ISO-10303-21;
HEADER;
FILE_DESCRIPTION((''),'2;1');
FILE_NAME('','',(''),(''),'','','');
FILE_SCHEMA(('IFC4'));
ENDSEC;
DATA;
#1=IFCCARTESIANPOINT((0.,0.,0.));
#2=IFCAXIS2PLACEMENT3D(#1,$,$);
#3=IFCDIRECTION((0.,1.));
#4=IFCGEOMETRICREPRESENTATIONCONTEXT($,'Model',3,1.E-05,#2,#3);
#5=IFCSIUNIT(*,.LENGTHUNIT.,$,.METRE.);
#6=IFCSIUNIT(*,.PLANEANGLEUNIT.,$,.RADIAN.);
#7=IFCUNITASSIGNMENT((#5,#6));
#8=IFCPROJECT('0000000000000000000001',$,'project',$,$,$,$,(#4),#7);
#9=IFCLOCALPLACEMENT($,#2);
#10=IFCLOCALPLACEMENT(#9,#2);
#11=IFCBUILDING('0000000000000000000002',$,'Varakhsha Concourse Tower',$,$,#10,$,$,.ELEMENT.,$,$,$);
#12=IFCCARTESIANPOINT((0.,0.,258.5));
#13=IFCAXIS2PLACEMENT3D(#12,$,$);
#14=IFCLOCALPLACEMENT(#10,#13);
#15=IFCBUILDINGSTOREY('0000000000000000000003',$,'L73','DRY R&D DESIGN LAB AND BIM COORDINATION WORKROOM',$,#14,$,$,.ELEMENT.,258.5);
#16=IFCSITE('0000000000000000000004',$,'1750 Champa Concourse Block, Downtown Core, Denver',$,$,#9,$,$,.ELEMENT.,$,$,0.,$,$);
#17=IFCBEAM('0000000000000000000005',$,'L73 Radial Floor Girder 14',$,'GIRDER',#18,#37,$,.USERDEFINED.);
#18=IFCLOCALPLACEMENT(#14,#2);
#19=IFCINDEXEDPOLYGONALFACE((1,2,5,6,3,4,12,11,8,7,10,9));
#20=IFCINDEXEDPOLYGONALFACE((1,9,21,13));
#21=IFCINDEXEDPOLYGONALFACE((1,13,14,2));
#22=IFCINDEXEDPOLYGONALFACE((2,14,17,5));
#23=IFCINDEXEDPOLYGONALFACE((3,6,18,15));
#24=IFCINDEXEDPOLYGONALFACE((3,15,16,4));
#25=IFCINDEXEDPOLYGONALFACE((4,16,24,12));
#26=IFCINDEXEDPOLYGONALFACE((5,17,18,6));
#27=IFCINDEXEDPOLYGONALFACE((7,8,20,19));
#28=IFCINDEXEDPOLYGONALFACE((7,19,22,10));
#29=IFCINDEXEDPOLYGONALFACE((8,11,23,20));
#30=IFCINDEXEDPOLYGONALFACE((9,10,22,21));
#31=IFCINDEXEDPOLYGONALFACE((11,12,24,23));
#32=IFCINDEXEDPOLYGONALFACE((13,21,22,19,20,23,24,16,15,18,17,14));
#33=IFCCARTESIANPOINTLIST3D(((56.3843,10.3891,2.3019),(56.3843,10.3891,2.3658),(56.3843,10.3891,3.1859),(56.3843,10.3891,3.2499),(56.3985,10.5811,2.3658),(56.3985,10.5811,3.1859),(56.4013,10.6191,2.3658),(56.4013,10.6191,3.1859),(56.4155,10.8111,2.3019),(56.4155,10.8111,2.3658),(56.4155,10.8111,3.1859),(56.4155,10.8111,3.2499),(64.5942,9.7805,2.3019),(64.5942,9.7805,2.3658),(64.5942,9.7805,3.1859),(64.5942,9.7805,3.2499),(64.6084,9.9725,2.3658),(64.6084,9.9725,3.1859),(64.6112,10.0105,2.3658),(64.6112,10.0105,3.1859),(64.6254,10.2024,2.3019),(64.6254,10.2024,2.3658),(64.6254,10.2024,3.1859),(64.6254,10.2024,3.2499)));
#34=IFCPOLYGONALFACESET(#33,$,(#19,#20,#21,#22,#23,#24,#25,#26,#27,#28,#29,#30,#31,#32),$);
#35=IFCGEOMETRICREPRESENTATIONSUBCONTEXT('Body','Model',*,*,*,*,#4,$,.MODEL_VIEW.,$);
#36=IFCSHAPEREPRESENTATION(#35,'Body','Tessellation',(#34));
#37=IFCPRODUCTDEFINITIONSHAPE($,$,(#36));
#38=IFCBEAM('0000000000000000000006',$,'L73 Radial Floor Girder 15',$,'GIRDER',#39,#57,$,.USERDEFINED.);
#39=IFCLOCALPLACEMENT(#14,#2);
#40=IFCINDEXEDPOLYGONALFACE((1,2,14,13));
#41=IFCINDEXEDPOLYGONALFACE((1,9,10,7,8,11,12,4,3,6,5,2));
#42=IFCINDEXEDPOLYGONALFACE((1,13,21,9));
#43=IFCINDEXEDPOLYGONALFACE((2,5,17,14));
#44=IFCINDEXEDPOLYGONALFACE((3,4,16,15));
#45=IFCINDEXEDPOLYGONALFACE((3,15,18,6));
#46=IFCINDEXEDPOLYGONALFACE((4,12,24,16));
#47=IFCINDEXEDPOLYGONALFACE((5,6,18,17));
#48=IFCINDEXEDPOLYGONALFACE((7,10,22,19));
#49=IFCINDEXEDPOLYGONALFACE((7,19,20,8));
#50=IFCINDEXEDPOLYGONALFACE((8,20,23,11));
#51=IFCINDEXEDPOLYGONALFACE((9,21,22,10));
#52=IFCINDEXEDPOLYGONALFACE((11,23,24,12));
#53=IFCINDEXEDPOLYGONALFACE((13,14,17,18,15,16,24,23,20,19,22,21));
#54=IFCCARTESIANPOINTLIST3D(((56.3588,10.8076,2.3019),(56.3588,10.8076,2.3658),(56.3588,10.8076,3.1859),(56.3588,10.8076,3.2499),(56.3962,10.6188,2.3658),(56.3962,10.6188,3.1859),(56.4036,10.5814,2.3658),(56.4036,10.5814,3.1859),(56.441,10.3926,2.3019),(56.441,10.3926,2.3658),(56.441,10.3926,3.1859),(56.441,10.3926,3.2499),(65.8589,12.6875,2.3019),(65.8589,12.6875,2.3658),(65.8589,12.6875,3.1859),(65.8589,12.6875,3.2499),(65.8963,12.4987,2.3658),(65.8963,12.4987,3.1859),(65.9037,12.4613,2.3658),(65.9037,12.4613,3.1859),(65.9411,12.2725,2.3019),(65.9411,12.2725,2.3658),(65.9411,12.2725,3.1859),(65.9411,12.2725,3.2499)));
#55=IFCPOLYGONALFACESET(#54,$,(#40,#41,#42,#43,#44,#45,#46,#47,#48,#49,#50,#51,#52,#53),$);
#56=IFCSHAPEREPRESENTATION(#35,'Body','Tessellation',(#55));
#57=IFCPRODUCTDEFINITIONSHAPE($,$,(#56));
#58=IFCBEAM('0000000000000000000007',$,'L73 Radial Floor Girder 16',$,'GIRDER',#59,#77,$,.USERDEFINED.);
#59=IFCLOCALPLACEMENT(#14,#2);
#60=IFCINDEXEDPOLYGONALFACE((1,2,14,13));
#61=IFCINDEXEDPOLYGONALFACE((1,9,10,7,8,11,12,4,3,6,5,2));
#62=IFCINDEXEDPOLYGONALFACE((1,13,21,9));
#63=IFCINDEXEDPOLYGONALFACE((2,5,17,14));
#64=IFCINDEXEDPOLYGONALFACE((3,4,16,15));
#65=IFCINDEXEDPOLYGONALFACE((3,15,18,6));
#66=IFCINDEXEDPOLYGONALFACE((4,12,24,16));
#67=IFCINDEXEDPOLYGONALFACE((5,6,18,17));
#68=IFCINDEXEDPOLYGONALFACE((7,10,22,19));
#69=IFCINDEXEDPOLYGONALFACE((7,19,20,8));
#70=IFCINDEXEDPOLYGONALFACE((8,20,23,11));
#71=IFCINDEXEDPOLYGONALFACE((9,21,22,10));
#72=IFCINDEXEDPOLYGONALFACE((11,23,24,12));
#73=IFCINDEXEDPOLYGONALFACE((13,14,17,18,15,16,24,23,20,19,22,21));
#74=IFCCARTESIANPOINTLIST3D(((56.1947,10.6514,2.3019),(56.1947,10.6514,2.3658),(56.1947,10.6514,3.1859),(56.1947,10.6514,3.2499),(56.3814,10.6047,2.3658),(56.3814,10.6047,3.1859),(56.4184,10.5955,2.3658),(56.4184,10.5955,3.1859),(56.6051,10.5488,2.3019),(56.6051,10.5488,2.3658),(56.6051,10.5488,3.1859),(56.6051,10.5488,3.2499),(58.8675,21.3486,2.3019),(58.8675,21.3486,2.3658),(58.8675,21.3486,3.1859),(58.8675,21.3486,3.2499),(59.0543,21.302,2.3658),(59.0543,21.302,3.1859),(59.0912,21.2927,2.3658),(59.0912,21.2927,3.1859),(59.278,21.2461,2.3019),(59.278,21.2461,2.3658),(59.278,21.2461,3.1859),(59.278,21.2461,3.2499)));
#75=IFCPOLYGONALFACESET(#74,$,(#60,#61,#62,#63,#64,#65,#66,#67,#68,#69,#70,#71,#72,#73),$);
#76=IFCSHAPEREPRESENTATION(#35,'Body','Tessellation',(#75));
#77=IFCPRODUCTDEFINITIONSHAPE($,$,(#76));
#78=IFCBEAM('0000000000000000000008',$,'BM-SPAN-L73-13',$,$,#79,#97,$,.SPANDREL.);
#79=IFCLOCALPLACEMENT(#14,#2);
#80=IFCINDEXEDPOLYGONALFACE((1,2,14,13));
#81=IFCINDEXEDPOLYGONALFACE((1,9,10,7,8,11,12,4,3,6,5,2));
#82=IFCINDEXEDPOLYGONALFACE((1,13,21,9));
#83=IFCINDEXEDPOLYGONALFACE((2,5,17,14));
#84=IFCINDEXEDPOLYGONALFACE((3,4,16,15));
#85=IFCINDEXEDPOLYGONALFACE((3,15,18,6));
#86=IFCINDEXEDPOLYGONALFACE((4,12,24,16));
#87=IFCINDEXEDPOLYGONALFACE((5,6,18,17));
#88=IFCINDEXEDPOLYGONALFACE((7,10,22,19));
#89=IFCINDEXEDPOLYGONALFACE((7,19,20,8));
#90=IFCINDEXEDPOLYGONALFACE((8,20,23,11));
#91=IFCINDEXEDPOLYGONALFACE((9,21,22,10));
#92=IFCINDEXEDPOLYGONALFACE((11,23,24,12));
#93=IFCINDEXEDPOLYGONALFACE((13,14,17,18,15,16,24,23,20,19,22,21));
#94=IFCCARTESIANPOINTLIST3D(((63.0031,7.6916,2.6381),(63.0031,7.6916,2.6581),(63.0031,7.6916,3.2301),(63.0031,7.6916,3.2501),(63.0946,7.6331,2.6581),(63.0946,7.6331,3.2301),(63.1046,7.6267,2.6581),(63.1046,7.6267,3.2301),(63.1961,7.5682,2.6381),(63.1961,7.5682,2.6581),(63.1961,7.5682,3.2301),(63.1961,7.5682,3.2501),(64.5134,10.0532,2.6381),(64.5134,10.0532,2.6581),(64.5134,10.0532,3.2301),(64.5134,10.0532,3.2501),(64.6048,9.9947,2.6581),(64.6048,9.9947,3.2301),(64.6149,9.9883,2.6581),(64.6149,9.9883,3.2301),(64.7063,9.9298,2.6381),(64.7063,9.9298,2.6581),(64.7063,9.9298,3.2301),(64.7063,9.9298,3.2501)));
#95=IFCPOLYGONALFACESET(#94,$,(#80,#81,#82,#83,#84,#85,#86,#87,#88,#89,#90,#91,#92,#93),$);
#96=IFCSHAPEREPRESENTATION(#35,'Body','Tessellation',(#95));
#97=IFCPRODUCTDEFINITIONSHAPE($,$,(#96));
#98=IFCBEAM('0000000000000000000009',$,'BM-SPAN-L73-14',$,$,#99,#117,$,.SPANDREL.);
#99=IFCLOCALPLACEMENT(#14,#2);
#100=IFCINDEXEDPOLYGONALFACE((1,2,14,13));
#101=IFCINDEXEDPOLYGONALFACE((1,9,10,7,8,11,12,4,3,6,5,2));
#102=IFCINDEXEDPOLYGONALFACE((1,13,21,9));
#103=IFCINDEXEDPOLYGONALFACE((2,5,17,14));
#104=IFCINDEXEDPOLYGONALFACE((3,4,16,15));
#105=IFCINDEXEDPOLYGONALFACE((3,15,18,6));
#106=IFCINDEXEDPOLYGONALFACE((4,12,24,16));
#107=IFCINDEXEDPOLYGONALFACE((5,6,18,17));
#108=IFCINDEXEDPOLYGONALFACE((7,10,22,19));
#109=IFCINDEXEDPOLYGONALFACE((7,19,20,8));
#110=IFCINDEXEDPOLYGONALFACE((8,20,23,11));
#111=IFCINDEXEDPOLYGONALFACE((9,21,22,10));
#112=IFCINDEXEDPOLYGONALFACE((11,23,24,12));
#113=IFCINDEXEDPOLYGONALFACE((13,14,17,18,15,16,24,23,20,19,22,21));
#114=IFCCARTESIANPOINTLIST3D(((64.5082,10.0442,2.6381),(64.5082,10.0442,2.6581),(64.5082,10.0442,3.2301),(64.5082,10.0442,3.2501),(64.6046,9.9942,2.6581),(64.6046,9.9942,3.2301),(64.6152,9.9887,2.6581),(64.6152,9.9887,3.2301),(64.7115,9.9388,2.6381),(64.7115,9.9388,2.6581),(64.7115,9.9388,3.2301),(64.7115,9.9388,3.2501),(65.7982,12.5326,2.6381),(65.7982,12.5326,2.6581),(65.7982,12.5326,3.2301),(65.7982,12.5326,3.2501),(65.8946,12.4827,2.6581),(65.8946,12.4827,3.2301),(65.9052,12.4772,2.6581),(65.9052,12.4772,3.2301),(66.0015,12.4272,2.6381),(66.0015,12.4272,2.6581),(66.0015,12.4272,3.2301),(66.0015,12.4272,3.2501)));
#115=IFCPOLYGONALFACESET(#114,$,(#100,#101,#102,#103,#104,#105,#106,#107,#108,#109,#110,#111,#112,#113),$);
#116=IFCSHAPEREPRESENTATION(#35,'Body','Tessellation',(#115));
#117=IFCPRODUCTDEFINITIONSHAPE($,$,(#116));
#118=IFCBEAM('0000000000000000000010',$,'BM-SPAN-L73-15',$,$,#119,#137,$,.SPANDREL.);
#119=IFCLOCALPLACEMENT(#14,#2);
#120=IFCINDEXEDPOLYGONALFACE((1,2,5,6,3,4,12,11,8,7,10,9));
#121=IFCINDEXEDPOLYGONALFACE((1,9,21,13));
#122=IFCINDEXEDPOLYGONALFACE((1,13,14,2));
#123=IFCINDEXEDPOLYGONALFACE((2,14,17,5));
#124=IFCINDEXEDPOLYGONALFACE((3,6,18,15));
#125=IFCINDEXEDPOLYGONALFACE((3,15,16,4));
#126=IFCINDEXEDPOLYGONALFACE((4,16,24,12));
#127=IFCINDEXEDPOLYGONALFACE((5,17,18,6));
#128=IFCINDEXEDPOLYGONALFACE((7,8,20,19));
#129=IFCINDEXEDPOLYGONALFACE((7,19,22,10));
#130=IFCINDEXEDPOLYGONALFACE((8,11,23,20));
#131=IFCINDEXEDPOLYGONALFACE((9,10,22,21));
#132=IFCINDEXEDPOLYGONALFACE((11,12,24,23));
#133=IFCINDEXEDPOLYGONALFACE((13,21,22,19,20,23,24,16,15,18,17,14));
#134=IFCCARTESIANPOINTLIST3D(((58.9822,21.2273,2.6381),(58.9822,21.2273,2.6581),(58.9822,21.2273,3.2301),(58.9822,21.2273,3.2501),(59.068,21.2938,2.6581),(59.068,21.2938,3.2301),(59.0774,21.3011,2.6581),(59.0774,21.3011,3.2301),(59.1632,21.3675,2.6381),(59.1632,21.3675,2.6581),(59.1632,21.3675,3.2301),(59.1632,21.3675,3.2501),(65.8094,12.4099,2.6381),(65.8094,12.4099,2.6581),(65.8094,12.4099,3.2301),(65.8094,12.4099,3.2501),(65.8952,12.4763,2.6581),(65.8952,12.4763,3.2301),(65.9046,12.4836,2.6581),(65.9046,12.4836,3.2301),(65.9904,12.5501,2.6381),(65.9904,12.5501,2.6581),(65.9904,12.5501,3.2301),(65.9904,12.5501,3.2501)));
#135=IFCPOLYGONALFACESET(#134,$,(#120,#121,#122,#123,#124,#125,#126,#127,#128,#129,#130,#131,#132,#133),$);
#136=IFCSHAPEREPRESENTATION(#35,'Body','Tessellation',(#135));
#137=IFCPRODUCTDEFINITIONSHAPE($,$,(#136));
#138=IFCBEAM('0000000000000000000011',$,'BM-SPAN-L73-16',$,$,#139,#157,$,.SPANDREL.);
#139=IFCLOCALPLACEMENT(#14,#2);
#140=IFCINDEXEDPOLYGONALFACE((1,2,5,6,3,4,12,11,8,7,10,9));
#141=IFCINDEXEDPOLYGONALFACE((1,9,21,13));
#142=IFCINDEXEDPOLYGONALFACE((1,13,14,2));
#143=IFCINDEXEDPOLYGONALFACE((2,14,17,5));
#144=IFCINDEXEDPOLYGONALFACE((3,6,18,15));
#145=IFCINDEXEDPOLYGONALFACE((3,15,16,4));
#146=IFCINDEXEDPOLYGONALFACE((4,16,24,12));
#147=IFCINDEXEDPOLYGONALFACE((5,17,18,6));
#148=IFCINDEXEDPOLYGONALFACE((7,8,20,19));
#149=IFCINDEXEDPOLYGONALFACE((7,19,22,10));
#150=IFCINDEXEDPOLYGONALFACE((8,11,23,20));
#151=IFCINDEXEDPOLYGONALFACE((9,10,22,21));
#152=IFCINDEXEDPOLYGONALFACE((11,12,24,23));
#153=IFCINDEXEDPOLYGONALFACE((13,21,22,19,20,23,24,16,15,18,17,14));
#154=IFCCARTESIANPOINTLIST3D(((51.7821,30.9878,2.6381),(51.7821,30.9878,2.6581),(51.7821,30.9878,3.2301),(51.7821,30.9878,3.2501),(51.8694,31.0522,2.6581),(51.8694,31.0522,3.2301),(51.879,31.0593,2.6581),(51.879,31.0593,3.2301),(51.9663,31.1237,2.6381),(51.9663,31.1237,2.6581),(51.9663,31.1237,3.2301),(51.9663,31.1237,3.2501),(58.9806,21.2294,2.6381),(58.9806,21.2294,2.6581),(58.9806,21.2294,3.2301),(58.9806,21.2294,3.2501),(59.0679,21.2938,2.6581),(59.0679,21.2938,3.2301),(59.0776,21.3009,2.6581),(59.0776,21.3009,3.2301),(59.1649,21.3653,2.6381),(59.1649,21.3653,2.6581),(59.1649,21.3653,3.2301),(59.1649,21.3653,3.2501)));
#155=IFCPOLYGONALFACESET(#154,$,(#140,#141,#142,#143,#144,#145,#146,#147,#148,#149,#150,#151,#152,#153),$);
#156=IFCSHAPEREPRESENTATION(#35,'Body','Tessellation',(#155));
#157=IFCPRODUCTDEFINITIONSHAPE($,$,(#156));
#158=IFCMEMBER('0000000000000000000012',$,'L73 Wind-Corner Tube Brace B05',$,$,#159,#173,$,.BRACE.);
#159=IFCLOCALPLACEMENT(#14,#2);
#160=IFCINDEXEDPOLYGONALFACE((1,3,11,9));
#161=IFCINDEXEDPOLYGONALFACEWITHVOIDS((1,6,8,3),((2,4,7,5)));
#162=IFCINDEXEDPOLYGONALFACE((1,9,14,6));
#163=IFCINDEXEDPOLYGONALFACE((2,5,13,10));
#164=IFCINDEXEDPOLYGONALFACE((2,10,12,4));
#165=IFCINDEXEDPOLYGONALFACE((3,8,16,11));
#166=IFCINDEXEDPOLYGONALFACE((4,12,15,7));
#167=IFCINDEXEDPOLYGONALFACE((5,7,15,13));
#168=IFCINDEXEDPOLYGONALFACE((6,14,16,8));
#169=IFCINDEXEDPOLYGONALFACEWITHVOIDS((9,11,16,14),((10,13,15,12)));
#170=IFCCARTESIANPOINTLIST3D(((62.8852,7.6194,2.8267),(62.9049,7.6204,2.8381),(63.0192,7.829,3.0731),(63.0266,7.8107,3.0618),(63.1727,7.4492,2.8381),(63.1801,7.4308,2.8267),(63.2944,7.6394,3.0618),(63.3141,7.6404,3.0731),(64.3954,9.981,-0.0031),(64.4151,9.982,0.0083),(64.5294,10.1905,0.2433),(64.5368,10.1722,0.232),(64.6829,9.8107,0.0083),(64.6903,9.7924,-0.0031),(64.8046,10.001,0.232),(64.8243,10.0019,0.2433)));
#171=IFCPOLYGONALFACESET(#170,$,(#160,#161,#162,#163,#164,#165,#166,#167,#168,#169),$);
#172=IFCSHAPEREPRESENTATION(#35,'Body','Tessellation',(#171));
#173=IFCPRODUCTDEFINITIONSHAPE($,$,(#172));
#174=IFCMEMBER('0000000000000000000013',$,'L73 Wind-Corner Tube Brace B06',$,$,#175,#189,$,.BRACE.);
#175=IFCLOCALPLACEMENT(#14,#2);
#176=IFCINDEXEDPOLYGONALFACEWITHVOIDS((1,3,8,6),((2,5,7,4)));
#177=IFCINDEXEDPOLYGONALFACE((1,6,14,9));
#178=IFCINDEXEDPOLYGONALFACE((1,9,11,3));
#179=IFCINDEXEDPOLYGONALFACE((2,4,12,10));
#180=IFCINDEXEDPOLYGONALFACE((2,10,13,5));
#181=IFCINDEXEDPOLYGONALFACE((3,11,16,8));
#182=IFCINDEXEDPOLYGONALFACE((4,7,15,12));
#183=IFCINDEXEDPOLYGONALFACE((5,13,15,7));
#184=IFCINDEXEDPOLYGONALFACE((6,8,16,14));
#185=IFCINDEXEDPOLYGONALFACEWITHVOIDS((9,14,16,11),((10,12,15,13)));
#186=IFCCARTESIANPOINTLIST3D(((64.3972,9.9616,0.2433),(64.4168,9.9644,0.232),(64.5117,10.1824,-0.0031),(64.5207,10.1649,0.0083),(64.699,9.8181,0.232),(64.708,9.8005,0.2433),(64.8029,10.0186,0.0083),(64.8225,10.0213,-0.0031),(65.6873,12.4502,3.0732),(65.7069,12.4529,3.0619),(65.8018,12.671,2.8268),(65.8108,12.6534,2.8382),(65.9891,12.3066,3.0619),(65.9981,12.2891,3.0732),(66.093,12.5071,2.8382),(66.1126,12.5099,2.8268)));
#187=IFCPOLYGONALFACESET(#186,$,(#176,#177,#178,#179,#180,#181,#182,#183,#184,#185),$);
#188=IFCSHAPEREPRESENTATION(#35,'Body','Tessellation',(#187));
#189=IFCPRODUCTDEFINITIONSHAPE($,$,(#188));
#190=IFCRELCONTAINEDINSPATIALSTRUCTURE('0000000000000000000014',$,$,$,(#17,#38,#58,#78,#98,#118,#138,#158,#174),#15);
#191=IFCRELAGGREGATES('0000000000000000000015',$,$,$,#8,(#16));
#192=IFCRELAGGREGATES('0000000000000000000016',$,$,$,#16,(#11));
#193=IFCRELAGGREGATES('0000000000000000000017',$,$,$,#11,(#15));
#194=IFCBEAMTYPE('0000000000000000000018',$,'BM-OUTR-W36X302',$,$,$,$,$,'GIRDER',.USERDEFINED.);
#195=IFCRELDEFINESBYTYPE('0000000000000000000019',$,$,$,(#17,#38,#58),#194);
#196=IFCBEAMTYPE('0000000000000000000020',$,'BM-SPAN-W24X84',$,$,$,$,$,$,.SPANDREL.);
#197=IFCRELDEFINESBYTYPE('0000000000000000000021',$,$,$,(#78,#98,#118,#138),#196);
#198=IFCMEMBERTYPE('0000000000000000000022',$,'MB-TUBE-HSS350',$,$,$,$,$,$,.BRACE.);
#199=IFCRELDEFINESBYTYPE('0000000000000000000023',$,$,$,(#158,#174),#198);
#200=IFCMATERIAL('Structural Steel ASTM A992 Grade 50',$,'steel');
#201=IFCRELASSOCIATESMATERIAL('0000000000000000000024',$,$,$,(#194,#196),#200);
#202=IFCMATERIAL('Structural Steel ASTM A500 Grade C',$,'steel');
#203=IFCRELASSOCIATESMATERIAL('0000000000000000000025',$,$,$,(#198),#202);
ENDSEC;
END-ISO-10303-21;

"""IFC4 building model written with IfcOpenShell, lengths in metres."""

from ifc_helpers import new_model, si_unit, direction, frame, origin, origin_2d, place, context, subcontext, project, spatial, hollow_rectangle, i_section, extrude, source, transform, mapped, material, material_profile, profile_set, type_object, type_shapes, element, save


model = new_model("IFC4")

# Units and contexts
model_context = context("Model", 3, precision=1e-05, world=origin(), true_north=direction((0.0, 1.0)))
body_context = subcontext(model_context, "Body", "Model", "MODEL_VIEW")
ifc_project = project(units=[si_unit("LENGTHUNIT", "METRE"), si_unit("PLANEANGLEUNIT", "RADIAN")], contexts=[model_context])

# Site, building, storey
site_placement = place(None, origin())
site = spatial("IfcSite", under=ifc_project, at=site_placement, Name="1750 Champa Concourse Block, Downtown Core, Denver", CompositionType="ELEMENT", RefElevation=0.0)
building_placement = place(site_placement, origin())
building = spatial("IfcBuilding", under=site, at=building_placement, Name="Varakhsha Concourse Tower", CompositionType="ELEMENT")
storey_placement = place(building_placement, frame((0.0, 0.0, 258.5)))
storey = spatial("IfcBuildingStorey", under=building, at=storey_placement, Name="L73", Description="DRY R&D DESIGN LAB AND BIM COORDINATION WORKROOM", CompositionType="ELEMENT", Elevation=258.5)

# Shared definitions
ifc_material_1 = material(Name="Structural Steel ASTM A992 Grade 50", Category="steel")

# Beams
ifc_material_profile_1 = material_profile(ifc_material_1, i_section(OverallWidth=0.4231, OverallDepth=0.948, WebThickness=0.0381, FlangeThickness=0.064, at=origin_2d()), Name="W36X302")
ifc_profile_set_1 = profile_set([ifc_material_profile_1], Name="Structural Steel ASTM A992 Grade 50")
beam_type_1 = type_object("IfcBeamType", Name="BM-OUTR-W36X302", ElementType="GIRDER", PredefinedType="USERDEFINED", material=ifc_profile_set_1)
beam_1_placement = place(storey_placement, frame((56.3999, 10.6001, 2.7759), z_axis=(0.997263, -0.073932, 0.0), x_axis=(0.073932, 0.997263, 0.0)))
element("IfcBeam", 1, at=beam_1_placement, inside=storey, type_object=beam_type_1, Name="L73 Radial Floor Girder 14", ObjectType="GIRDER", PredefinedType="USERDEFINED", context=body_context, shape_type="SweptSolid", body=[
    extrude(i_section(OverallWidth=0.4231, OverallDepth=0.948, WebThickness=0.0381, FlangeThickness=0.064, at=origin_2d()), origin(), (0.0, 0.0, 1.0), 8.2324),
])
beam_2_placement = place(storey_placement, frame((56.3999, 10.6001, 2.7759), z_axis=(0.980978, 0.194118, 0.0), x_axis=(-0.194118, 0.980978, 0.0)))
element("IfcBeam", 2, at=beam_2_placement, inside=storey, type_object=beam_type_1, Name="L73 Radial Floor Girder 15", ObjectType="GIRDER", PredefinedType="USERDEFINED", context=body_context, shape_type="SweptSolid", body=[
    extrude(i_section(OverallWidth=0.4231, OverallDepth=0.948, WebThickness=0.0381, FlangeThickness=0.064, at=origin_2d()), origin(), (0.0, 0.0, 1.0), 9.6843),
])
beam_3_placement = place(storey_placement, frame((56.3999, 10.6001, 2.7759), z_axis=(0.242411, 0.970174, 0.0), x_axis=(-0.970174, 0.242411, 0.0)))
element("IfcBeam", 3, at=beam_3_placement, inside=storey, type_object=beam_type_1, Name="L73 Radial Floor Girder 16", ObjectType="GIRDER", PredefinedType="USERDEFINED", context=body_context, shape_type="SweptSolid", body=[
    extrude(i_section(OverallWidth=0.4231, OverallDepth=0.948, WebThickness=0.0381, FlangeThickness=0.064, at=origin_2d()), origin(), (0.0, 0.0, 1.0), 11.0261),
])
ifc_material_profile_2 = material_profile(ifc_material_1, i_section(OverallWidth=0.229, OverallDepth=0.6121, WebThickness=0.012, FlangeThickness=0.02, at=origin_2d()), Name="W24X84")
ifc_profile_set_2 = profile_set([ifc_material_profile_2], Name="Structural Steel ASTM A992 Grade 50")
beam_type_2 = type_object("IfcBeamType", Name="BM-SPAN-W24X84", PredefinedType="SPANDREL", material=ifc_profile_set_2)
beam_4_placement = place(storey_placement, frame((63.0996, 7.6299, 2.9441), z_axis=(0.538762, 0.842458, 0.0), x_axis=(-0.842458, 0.538762, 0.0)))
element("IfcBeam", 4, at=beam_4_placement, inside=storey, type_object=beam_type_2, Name="BM-SPAN-L73-13", PredefinedType="SPANDREL", context=body_context, shape_type="SweptSolid", body=[
    extrude(i_section(OverallWidth=0.229, OverallDepth=0.6121, WebThickness=0.012, FlangeThickness=0.02, at=origin_2d()), origin(), (0.0, 0.0, 1.0), 2.8032),
])
beam_5_placement = place(storey_placement, frame((64.6099, 9.9915, 2.9441), z_axis=(0.460231, 0.887799, 0.0), x_axis=(-0.887799, 0.460231, 0.0)))
element("IfcBeam", 5, at=beam_5_placement, inside=storey, type_object=beam_type_2, Name="BM-SPAN-L73-14", PredefinedType="SPANDREL", context=body_context, shape_type="SweptSolid", body=[
    extrude(i_section(OverallWidth=0.229, OverallDepth=0.6121, WebThickness=0.012, FlangeThickness=0.02, at=origin_2d()), origin(), (0.0, 0.0, 1.0), 2.803),
])
beam_6_placement = place(storey_placement, frame((65.8999, 12.48, 2.9441), z_axis=(-0.612217, 0.79069, 0.0), x_axis=(-0.79069, -0.612217, 0.0)))
element("IfcBeam", 6, at=beam_6_placement, inside=storey, type_object=beam_type_2, Name="BM-SPAN-L73-15", PredefinedType="SPANDREL", context=body_context, shape_type="SweptSolid", body=[
    extrude(i_section(OverallWidth=0.229, OverallDepth=0.6121, WebThickness=0.012, FlangeThickness=0.02, at=origin_2d()), origin(), (0.0, 0.0, 1.0), 11.1516),
])
beam_7_placement = place(storey_placement, frame((59.0728, 21.2974, 2.9441), z_axis=(-0.593635, 0.804734, 0.0), x_axis=(-0.804734, -0.593635, 0.0)))
element("IfcBeam", 7, at=beam_7_placement, inside=storey, type_object=beam_type_2, Name="BM-SPAN-L73-16", PredefinedType="SPANDREL", context=body_context, shape_type="SweptSolid", body=[
    extrude(i_section(OverallWidth=0.229, OverallDepth=0.6121, WebThickness=0.012, FlangeThickness=0.02, at=origin_2d()), origin(), (0.0, 0.0, 1.0), 12.1262),
])

# Members
ifc_material_2 = material(Name="Structural Steel ASTM A500 Grade C", Category="steel")
ifc_material_profile_3 = material_profile(ifc_material_2, hollow_rectangle(XDim=0.3501, YDim=0.3501, WallThickness=0.0161, at=origin_2d()), Name="HSS 350x350x16")
ifc_profile_set_3 = profile_set([ifc_material_profile_3], Name="Structural Steel ASTM A500 Grade C")
member_type_1 = type_object("IfcMemberType", Name="MB-TUBE-HSS350", PredefinedType="BRACE", material=ifc_profile_set_3)
shared_shape_1 = source(origin(), body_context, "Body", "SweptSolid", [
    extrude(hollow_rectangle(XDim=0.3501, YDim=0.3501, WallThickness=0.0161, at=origin_2d()), origin(), (0.0, 0.0, 1.0), 3.9832),
])
type_shapes(member_type_1, [shared_shape_1])
for number, where, z_axis, x_axis, name in (
    (8, (64.6099, 9.9915, 0.1201), (-0.379156, -0.592884, 0.710443), (0.842458, -0.538762, 0.0), "L73 Wind-Corner Tube Brace B05"),
    (9, (64.6099, 9.9915, 0.1201), (0.32388, 0.624774, 0.710464), (-0.887799, 0.460231, 0.0), "L73 Wind-Corner Tube Brace B06"),
):
    element("IfcMember", number, at=place(storey_placement, frame(where, z_axis=z_axis, x_axis=x_axis)), inside=storey, type_object=member_type_1, Name=name, PredefinedType="BRACE", context=body_context, shape_type="MappedRepresentation", body=[
        mapped(shared_shape_1, transform((0.0, 0.0, 0.0), scale=1.0)),
    ])

save(model, "model.ifc")
